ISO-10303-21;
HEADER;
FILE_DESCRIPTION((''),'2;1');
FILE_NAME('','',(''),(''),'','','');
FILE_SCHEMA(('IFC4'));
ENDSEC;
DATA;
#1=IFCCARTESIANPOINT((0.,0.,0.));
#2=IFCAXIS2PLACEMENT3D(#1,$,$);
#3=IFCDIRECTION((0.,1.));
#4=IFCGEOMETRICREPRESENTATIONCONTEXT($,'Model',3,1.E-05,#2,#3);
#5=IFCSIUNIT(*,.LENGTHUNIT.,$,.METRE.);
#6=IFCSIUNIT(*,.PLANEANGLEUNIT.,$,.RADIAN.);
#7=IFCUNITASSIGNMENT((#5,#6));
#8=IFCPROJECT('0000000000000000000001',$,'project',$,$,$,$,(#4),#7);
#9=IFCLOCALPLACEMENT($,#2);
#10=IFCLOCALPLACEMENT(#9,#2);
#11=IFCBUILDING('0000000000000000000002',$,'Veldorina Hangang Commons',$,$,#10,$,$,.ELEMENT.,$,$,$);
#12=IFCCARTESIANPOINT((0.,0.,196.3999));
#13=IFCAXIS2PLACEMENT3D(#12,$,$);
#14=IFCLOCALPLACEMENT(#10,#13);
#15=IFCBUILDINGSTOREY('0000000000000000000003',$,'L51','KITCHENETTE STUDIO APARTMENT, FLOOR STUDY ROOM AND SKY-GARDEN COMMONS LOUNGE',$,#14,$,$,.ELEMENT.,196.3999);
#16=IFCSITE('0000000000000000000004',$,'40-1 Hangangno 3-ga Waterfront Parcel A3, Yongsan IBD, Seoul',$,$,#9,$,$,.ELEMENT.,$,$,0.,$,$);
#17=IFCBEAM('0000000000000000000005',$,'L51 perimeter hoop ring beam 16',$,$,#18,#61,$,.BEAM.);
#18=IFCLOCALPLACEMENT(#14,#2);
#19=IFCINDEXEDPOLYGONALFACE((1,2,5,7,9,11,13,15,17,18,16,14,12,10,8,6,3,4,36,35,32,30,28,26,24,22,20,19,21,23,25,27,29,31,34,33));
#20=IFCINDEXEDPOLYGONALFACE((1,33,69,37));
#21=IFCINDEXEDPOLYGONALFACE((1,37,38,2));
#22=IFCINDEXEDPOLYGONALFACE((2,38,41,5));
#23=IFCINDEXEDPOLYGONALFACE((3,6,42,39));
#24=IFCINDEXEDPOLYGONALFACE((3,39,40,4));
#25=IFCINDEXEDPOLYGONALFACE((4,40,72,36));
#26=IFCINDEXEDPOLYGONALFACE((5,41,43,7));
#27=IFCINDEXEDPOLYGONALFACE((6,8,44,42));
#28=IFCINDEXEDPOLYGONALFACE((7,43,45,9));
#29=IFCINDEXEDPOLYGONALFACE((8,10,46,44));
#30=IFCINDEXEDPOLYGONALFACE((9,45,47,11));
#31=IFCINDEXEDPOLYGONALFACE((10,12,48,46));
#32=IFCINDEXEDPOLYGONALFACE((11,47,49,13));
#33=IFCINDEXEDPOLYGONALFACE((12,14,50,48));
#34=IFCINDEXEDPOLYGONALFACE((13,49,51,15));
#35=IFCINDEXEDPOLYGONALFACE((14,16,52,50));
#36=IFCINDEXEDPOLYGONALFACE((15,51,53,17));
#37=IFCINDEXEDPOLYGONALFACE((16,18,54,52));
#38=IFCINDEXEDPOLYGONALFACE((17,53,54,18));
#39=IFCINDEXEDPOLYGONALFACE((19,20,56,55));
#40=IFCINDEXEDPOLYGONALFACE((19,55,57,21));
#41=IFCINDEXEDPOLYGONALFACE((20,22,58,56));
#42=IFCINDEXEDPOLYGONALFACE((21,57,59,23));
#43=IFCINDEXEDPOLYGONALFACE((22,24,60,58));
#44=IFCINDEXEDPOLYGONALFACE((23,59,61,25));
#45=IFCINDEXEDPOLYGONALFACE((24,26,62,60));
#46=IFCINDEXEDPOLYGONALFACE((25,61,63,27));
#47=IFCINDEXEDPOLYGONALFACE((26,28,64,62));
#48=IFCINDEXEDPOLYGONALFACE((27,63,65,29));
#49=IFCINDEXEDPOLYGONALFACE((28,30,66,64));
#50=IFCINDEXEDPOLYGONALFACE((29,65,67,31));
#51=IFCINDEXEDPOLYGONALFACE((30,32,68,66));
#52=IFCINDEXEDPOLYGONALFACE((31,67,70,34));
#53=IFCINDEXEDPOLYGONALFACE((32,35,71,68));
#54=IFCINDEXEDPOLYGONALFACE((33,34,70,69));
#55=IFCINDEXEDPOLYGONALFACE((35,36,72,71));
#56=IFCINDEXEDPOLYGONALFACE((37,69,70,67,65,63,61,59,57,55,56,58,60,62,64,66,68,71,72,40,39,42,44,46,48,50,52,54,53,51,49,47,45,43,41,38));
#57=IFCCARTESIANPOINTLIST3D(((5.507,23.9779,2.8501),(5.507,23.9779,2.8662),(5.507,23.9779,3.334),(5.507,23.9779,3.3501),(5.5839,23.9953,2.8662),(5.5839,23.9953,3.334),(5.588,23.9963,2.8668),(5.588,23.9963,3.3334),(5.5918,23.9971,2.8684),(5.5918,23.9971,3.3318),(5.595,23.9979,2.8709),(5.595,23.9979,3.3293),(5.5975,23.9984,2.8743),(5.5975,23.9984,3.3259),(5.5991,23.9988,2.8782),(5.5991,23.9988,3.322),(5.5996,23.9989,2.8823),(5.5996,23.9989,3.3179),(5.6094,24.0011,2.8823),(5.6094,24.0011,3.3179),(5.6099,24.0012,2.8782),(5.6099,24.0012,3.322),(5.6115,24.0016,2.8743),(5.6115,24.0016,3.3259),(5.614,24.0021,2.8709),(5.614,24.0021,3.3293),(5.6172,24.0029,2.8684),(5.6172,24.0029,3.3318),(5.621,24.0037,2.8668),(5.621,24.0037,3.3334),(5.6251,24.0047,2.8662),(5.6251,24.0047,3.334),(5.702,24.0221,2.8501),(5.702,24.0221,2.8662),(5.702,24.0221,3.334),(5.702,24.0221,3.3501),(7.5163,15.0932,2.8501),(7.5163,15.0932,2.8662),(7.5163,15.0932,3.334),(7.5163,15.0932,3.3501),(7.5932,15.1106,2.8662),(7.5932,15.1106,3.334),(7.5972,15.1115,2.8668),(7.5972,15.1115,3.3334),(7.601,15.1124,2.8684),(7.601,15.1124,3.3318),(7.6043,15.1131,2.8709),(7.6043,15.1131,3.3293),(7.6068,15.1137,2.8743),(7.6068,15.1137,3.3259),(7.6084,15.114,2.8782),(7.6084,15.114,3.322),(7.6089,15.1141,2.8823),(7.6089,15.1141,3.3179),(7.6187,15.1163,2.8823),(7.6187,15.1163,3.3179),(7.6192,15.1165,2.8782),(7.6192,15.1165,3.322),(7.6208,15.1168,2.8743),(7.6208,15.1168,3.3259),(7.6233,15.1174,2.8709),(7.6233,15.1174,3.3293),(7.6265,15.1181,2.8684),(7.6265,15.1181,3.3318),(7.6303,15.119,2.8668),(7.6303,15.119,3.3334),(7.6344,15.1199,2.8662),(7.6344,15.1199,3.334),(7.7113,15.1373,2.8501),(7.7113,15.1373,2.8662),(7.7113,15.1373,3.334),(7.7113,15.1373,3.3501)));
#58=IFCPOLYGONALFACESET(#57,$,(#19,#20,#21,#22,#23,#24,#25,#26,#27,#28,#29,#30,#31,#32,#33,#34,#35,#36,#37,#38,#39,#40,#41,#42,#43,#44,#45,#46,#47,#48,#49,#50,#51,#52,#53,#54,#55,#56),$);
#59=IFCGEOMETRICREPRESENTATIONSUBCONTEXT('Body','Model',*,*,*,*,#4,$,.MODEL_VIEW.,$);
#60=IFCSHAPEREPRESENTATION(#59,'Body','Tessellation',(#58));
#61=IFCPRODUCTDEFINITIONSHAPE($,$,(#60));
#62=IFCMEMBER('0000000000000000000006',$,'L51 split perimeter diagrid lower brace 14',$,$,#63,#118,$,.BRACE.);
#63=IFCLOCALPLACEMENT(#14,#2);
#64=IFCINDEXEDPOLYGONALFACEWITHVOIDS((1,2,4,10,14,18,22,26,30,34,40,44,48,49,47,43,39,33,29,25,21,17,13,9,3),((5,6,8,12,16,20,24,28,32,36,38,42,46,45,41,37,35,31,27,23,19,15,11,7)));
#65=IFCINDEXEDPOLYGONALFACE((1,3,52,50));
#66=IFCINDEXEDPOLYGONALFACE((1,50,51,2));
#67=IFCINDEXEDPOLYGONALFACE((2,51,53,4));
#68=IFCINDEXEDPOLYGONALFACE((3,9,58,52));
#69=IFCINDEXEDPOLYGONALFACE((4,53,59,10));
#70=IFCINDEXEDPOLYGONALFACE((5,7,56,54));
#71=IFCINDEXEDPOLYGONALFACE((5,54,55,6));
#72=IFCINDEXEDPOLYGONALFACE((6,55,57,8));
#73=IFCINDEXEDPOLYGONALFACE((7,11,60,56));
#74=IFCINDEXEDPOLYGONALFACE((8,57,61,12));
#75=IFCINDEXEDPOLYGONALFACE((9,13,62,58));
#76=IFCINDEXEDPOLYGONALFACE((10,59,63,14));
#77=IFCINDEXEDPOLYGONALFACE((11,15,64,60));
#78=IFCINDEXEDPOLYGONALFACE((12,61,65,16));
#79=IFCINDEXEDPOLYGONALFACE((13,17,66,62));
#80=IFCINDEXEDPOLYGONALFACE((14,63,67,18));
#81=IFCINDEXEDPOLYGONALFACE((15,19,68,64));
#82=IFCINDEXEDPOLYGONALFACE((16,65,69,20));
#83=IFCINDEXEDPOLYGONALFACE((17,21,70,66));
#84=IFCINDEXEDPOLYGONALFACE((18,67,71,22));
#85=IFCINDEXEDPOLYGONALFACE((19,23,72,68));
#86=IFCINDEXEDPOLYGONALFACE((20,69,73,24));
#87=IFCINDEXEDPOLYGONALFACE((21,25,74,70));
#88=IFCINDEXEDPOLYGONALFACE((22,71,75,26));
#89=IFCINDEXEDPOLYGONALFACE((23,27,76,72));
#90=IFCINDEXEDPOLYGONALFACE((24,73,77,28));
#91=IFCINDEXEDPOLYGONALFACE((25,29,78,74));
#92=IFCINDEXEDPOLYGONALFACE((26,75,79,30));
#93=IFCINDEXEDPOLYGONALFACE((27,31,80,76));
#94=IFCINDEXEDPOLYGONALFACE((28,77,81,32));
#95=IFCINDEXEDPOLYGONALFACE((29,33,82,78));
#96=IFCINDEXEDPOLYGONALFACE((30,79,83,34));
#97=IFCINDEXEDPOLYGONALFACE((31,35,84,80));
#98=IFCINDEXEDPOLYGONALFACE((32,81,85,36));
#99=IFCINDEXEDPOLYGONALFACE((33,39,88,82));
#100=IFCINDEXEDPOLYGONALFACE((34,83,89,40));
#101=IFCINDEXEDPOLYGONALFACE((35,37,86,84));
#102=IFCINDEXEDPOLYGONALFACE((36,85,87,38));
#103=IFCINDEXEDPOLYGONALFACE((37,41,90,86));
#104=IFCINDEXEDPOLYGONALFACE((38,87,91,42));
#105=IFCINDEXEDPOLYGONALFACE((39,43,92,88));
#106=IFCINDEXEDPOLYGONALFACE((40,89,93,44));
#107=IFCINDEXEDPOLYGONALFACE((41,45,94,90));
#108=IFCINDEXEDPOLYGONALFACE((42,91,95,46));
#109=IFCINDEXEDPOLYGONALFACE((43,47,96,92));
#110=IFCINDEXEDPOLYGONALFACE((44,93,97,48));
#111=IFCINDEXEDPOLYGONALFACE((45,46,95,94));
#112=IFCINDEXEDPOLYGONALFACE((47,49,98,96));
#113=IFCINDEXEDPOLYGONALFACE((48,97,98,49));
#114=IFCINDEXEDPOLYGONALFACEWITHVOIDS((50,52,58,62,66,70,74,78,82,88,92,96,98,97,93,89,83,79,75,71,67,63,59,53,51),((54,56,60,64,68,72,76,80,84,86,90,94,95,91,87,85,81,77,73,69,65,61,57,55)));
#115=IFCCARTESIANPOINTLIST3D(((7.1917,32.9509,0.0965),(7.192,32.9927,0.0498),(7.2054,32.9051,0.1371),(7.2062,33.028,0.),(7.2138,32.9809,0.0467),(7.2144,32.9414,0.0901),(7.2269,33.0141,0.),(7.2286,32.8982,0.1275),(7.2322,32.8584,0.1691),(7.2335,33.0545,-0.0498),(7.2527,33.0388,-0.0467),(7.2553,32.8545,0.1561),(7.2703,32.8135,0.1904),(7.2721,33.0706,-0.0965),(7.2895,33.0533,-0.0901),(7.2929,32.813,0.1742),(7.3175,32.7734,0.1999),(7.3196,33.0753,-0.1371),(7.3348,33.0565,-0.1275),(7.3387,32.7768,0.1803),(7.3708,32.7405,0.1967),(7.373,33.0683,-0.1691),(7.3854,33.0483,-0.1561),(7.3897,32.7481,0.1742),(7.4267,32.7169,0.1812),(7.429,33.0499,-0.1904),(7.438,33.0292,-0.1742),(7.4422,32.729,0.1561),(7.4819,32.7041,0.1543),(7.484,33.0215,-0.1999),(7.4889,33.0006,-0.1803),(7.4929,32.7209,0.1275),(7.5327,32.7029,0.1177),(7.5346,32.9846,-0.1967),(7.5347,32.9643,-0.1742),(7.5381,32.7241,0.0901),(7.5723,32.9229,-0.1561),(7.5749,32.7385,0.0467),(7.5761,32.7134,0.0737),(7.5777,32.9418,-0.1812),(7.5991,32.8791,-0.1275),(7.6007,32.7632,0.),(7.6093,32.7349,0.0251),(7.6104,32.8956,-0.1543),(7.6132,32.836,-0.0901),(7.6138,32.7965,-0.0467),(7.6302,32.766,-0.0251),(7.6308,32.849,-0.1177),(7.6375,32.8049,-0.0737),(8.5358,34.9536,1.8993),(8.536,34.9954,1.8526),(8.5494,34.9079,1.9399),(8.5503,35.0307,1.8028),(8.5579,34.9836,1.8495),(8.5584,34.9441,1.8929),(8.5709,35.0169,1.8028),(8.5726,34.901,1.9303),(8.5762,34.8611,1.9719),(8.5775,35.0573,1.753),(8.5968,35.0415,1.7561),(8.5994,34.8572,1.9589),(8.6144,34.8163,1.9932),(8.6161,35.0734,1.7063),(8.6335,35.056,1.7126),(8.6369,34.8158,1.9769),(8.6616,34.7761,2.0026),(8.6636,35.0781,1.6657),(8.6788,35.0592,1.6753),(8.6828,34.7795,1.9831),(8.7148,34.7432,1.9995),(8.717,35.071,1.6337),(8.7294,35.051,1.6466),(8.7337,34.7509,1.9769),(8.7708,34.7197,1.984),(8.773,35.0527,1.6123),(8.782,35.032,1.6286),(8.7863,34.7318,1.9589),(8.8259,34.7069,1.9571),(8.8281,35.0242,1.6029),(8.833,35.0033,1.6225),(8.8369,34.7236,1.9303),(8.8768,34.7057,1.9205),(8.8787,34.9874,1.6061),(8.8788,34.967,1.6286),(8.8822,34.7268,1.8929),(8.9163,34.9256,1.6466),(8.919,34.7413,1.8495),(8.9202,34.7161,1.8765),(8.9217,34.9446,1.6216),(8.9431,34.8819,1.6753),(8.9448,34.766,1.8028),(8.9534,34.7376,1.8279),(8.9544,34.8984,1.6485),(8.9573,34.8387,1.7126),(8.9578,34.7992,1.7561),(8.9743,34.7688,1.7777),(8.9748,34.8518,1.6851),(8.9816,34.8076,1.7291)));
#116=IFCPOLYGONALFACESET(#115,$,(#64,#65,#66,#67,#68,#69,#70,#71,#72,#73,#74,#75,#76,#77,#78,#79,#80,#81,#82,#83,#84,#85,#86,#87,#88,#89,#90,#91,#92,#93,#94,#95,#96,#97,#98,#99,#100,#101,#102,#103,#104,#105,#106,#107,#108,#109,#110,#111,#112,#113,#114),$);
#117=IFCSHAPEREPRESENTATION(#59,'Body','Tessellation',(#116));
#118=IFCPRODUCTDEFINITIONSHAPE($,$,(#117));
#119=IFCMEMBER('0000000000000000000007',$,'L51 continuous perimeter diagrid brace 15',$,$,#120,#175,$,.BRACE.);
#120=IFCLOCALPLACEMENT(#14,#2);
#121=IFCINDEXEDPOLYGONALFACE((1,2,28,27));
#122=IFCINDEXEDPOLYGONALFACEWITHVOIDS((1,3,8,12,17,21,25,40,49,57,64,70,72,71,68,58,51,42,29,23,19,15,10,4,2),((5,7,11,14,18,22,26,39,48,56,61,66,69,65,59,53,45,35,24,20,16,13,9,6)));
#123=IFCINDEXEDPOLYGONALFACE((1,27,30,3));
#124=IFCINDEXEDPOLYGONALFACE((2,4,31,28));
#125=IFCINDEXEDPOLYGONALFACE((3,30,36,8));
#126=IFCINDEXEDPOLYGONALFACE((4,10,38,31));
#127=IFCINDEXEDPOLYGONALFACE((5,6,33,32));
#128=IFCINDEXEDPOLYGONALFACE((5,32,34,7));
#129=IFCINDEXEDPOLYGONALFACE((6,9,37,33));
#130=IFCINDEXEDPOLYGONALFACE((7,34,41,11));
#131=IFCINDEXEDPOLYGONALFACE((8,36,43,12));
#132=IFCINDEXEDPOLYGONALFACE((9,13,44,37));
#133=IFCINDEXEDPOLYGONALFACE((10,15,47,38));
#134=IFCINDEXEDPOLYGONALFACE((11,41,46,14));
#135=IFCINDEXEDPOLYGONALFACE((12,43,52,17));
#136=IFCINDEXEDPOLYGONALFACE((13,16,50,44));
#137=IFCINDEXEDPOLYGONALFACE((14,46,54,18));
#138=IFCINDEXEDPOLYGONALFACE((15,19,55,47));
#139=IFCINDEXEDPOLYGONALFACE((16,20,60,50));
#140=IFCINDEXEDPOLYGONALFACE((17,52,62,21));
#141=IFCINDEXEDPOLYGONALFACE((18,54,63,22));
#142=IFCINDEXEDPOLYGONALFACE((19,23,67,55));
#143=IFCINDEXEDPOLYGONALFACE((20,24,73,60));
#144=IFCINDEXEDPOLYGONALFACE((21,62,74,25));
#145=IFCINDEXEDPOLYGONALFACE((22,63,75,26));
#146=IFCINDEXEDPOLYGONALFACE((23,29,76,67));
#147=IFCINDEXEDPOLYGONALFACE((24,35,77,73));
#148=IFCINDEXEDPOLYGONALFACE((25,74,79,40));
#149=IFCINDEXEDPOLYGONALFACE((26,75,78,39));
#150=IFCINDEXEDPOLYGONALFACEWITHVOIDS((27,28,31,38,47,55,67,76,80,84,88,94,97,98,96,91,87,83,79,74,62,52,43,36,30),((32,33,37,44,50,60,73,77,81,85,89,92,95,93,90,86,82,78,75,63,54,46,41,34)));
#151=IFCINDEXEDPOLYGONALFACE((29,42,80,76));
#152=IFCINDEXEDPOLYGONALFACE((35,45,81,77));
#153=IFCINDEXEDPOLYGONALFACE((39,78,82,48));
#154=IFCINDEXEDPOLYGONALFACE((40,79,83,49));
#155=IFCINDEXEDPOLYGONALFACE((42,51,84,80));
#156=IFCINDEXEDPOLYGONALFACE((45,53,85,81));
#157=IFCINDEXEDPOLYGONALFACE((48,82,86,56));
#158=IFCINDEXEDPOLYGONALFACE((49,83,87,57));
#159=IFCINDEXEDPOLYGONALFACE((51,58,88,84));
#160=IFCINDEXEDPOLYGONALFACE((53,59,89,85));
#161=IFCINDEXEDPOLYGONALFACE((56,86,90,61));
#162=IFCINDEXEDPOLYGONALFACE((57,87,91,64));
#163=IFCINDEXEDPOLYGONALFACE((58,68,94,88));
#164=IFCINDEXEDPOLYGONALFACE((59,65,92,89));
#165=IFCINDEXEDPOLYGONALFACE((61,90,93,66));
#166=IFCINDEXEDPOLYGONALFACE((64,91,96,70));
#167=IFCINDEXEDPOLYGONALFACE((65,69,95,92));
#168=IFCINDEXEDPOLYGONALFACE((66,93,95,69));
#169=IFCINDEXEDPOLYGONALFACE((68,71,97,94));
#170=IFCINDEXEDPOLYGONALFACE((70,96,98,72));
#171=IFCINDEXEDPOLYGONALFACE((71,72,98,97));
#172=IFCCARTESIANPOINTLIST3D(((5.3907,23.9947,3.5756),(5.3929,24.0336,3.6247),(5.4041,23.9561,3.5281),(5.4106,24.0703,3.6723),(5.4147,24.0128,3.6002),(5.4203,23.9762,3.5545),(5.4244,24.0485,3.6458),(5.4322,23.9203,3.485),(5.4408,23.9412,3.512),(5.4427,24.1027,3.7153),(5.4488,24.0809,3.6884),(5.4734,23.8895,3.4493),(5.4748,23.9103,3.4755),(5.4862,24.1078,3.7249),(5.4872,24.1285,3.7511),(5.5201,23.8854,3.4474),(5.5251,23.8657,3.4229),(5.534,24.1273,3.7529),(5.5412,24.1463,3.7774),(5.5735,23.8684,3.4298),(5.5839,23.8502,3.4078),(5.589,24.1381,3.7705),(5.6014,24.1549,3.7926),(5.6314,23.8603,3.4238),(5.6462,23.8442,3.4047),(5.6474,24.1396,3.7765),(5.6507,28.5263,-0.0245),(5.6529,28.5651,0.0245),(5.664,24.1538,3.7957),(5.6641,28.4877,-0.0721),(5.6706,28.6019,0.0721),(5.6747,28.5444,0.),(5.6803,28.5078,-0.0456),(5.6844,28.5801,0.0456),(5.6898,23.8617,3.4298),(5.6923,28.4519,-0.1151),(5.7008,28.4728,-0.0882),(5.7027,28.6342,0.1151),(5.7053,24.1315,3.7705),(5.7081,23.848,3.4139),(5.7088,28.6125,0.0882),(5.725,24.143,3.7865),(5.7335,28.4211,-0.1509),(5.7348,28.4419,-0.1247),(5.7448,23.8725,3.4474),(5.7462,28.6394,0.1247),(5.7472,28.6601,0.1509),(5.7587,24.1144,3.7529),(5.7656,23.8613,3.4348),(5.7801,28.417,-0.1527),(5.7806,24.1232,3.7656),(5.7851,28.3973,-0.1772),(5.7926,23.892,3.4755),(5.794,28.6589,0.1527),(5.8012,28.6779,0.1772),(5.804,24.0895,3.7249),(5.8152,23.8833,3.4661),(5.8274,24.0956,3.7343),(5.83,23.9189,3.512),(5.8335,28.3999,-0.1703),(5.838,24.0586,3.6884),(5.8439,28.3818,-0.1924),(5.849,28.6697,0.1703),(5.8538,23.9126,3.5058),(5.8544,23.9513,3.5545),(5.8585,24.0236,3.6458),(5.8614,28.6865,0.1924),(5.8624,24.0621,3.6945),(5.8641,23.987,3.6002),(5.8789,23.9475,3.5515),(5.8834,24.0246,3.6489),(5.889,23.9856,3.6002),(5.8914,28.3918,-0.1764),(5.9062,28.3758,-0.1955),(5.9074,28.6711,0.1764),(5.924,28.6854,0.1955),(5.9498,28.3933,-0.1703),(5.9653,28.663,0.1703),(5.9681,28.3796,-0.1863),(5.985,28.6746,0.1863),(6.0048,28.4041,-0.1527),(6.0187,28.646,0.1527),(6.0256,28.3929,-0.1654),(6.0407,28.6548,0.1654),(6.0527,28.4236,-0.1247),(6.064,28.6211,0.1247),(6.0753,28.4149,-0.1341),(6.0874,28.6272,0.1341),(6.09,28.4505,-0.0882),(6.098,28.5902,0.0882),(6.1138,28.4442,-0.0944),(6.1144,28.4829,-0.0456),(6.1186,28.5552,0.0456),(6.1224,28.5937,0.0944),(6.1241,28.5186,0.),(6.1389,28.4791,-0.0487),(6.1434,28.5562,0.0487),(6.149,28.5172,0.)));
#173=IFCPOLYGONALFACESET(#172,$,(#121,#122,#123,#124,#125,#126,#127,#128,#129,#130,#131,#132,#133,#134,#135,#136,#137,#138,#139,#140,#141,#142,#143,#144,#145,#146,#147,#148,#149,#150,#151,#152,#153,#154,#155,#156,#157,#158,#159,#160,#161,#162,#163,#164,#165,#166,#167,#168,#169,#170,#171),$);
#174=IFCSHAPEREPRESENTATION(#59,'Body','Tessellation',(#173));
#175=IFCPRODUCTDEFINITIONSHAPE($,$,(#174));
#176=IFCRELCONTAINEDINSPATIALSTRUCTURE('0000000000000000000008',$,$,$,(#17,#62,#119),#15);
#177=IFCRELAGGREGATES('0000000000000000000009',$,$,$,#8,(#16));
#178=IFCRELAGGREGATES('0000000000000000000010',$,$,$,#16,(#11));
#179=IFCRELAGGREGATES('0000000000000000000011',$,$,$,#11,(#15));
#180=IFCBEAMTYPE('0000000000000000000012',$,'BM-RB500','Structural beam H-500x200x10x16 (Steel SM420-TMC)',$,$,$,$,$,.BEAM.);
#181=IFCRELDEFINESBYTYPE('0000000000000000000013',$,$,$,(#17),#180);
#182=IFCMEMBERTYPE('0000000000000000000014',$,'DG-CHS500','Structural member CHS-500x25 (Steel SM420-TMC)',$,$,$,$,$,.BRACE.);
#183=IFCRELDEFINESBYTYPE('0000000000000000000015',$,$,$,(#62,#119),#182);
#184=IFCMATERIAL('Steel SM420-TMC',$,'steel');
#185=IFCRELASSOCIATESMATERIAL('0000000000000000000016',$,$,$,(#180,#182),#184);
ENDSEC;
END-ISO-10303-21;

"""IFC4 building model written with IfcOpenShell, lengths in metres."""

from ifc_helpers import new_model, si_unit, direction, frame, origin, origin_2d, place, context, subcontext, project, spatial, hollow_circle, i_section, extrude, material, material_profile, profile_set, type_object, element, save


model = new_model("IFC4")

# Units and contexts
model_context = context("Model", 3, precision=1e-05, world=origin(), true_north=direction((0.0, 1.0)))
body_context = subcontext(model_context, "Body", "Model", "MODEL_VIEW")
ifc_project = project(units=[si_unit("LENGTHUNIT", "METRE"), si_unit("PLANEANGLEUNIT", "RADIAN")], contexts=[model_context])

# Site, building, storey
site_placement = place(None, origin())
site = spatial("IfcSite", under=ifc_project, at=site_placement, Name="40-1 Hangangno 3-ga Waterfront Parcel A3, Yongsan IBD, Seoul", CompositionType="ELEMENT", RefElevation=0.0)
building_placement = place(site_placement, origin())
building = spatial("IfcBuilding", under=site, at=building_placement, Name="Veldorina Hangang Commons", CompositionType="ELEMENT")
storey_placement = place(building_placement, frame((0.0, 0.0, 196.3999)))
storey = spatial("IfcBuildingStorey", under=building, at=storey_placement, Name="L51", Description="KITCHENETTE STUDIO APARTMENT, FLOOR STUDY ROOM AND SKY-GARDEN COMMONS LOUNGE", CompositionType="ELEMENT", Elevation=196.3999)

# Beam
ifc_material_1 = material(Name="Steel SM420-TMC", Category="steel")
ifc_material_profile_1 = material_profile(ifc_material_1, i_section(OverallWidth=0.2, OverallDepth=0.5, WebThickness=0.01, FlangeThickness=0.0161, FilletRadius=0.0161, at=origin_2d()), Name="H-500x200x10x16")
ifc_profile_set_1 = profile_set([ifc_material_profile_1], Name="Steel SM420-TMC")
beam_type_1 = type_object("IfcBeamType", Name="BM-RB500", Description="Structural beam H-500x200x10x16 (Steel SM420-TMC)", PredefinedType="BEAM", material=ifc_profile_set_1)
for number, where, z_axis, x_axis, name in (
    (1, (5.6045, 24.0, 3.1001), (0.220578, -0.975369, 0.0), (0.975369, 0.220578, 0.0), "L51 perimeter hoop ring beam 16"),
):
    element("IfcBeam", number, at=place(storey_placement, frame(where, z_axis=z_axis, x_axis=x_axis)), inside=storey, type_object=beam_type_1, Name=name, PredefinedType="BEAM", context=body_context, shape_type="SweptSolid", body=[
        extrude(i_section(OverallWidth=0.2, OverallDepth=0.5, WebThickness=0.01, FlangeThickness=0.0161, FilletRadius=0.0161, at=origin_2d()), origin(), (0.0, 0.0, 1.0), 9.1091),
    ])

# Members
ifc_material_profile_2 = material_profile(ifc_material_1, hollow_circle(Radius=0.25, WallThickness=0.0249, at=origin_2d()), Name="CHS-500x25")
ifc_profile_set_2 = profile_set([ifc_material_profile_2], Name="Steel SM420-TMC")
member_type_1 = type_object("IfcMemberType", Name="DG-CHS500", Description="Structural member CHS-500x25 (Steel SM420-TMC)", PredefinedType="BRACE", material=ifc_profile_set_2)
member_1_placement = place(storey_placement, frame((7.4138, 32.8887, 0.0), z_axis=(0.446342, 0.665094, 0.59869), x_axis=(-0.830349, 0.557244, 0.0)))
element("IfcMember", 2, at=member_1_placement, inside=storey, type_object=member_type_1, Name="L51 split perimeter diagrid lower brace 14", PredefinedType="BRACE", context=body_context, shape_type="SweptSolid", body=[
    extrude(hollow_circle(Radius=0.25, WallThickness=0.0249, at=origin_2d()), origin(), (0.0, 0.0, 1.0), 3.0112),
])
member_2_placement = place(storey_placement, frame((5.8994, 28.5315, 0.0), z_axis=(-0.044881, -0.782191, 0.62142), x_axis=(0.998358, -0.057284, 0.0)))
element("IfcMember", 3, at=member_2_placement, inside=storey, type_object=member_type_1, Name="L51 continuous perimeter diagrid brace 15", PredefinedType="BRACE", context=body_context, shape_type="SweptSolid", body=[
    extrude(hollow_circle(Radius=0.25, WallThickness=0.0249, at=origin_2d()), origin(), (0.0, 0.0, 1.0), 5.7935),
])

save(model, "model.ifc")
